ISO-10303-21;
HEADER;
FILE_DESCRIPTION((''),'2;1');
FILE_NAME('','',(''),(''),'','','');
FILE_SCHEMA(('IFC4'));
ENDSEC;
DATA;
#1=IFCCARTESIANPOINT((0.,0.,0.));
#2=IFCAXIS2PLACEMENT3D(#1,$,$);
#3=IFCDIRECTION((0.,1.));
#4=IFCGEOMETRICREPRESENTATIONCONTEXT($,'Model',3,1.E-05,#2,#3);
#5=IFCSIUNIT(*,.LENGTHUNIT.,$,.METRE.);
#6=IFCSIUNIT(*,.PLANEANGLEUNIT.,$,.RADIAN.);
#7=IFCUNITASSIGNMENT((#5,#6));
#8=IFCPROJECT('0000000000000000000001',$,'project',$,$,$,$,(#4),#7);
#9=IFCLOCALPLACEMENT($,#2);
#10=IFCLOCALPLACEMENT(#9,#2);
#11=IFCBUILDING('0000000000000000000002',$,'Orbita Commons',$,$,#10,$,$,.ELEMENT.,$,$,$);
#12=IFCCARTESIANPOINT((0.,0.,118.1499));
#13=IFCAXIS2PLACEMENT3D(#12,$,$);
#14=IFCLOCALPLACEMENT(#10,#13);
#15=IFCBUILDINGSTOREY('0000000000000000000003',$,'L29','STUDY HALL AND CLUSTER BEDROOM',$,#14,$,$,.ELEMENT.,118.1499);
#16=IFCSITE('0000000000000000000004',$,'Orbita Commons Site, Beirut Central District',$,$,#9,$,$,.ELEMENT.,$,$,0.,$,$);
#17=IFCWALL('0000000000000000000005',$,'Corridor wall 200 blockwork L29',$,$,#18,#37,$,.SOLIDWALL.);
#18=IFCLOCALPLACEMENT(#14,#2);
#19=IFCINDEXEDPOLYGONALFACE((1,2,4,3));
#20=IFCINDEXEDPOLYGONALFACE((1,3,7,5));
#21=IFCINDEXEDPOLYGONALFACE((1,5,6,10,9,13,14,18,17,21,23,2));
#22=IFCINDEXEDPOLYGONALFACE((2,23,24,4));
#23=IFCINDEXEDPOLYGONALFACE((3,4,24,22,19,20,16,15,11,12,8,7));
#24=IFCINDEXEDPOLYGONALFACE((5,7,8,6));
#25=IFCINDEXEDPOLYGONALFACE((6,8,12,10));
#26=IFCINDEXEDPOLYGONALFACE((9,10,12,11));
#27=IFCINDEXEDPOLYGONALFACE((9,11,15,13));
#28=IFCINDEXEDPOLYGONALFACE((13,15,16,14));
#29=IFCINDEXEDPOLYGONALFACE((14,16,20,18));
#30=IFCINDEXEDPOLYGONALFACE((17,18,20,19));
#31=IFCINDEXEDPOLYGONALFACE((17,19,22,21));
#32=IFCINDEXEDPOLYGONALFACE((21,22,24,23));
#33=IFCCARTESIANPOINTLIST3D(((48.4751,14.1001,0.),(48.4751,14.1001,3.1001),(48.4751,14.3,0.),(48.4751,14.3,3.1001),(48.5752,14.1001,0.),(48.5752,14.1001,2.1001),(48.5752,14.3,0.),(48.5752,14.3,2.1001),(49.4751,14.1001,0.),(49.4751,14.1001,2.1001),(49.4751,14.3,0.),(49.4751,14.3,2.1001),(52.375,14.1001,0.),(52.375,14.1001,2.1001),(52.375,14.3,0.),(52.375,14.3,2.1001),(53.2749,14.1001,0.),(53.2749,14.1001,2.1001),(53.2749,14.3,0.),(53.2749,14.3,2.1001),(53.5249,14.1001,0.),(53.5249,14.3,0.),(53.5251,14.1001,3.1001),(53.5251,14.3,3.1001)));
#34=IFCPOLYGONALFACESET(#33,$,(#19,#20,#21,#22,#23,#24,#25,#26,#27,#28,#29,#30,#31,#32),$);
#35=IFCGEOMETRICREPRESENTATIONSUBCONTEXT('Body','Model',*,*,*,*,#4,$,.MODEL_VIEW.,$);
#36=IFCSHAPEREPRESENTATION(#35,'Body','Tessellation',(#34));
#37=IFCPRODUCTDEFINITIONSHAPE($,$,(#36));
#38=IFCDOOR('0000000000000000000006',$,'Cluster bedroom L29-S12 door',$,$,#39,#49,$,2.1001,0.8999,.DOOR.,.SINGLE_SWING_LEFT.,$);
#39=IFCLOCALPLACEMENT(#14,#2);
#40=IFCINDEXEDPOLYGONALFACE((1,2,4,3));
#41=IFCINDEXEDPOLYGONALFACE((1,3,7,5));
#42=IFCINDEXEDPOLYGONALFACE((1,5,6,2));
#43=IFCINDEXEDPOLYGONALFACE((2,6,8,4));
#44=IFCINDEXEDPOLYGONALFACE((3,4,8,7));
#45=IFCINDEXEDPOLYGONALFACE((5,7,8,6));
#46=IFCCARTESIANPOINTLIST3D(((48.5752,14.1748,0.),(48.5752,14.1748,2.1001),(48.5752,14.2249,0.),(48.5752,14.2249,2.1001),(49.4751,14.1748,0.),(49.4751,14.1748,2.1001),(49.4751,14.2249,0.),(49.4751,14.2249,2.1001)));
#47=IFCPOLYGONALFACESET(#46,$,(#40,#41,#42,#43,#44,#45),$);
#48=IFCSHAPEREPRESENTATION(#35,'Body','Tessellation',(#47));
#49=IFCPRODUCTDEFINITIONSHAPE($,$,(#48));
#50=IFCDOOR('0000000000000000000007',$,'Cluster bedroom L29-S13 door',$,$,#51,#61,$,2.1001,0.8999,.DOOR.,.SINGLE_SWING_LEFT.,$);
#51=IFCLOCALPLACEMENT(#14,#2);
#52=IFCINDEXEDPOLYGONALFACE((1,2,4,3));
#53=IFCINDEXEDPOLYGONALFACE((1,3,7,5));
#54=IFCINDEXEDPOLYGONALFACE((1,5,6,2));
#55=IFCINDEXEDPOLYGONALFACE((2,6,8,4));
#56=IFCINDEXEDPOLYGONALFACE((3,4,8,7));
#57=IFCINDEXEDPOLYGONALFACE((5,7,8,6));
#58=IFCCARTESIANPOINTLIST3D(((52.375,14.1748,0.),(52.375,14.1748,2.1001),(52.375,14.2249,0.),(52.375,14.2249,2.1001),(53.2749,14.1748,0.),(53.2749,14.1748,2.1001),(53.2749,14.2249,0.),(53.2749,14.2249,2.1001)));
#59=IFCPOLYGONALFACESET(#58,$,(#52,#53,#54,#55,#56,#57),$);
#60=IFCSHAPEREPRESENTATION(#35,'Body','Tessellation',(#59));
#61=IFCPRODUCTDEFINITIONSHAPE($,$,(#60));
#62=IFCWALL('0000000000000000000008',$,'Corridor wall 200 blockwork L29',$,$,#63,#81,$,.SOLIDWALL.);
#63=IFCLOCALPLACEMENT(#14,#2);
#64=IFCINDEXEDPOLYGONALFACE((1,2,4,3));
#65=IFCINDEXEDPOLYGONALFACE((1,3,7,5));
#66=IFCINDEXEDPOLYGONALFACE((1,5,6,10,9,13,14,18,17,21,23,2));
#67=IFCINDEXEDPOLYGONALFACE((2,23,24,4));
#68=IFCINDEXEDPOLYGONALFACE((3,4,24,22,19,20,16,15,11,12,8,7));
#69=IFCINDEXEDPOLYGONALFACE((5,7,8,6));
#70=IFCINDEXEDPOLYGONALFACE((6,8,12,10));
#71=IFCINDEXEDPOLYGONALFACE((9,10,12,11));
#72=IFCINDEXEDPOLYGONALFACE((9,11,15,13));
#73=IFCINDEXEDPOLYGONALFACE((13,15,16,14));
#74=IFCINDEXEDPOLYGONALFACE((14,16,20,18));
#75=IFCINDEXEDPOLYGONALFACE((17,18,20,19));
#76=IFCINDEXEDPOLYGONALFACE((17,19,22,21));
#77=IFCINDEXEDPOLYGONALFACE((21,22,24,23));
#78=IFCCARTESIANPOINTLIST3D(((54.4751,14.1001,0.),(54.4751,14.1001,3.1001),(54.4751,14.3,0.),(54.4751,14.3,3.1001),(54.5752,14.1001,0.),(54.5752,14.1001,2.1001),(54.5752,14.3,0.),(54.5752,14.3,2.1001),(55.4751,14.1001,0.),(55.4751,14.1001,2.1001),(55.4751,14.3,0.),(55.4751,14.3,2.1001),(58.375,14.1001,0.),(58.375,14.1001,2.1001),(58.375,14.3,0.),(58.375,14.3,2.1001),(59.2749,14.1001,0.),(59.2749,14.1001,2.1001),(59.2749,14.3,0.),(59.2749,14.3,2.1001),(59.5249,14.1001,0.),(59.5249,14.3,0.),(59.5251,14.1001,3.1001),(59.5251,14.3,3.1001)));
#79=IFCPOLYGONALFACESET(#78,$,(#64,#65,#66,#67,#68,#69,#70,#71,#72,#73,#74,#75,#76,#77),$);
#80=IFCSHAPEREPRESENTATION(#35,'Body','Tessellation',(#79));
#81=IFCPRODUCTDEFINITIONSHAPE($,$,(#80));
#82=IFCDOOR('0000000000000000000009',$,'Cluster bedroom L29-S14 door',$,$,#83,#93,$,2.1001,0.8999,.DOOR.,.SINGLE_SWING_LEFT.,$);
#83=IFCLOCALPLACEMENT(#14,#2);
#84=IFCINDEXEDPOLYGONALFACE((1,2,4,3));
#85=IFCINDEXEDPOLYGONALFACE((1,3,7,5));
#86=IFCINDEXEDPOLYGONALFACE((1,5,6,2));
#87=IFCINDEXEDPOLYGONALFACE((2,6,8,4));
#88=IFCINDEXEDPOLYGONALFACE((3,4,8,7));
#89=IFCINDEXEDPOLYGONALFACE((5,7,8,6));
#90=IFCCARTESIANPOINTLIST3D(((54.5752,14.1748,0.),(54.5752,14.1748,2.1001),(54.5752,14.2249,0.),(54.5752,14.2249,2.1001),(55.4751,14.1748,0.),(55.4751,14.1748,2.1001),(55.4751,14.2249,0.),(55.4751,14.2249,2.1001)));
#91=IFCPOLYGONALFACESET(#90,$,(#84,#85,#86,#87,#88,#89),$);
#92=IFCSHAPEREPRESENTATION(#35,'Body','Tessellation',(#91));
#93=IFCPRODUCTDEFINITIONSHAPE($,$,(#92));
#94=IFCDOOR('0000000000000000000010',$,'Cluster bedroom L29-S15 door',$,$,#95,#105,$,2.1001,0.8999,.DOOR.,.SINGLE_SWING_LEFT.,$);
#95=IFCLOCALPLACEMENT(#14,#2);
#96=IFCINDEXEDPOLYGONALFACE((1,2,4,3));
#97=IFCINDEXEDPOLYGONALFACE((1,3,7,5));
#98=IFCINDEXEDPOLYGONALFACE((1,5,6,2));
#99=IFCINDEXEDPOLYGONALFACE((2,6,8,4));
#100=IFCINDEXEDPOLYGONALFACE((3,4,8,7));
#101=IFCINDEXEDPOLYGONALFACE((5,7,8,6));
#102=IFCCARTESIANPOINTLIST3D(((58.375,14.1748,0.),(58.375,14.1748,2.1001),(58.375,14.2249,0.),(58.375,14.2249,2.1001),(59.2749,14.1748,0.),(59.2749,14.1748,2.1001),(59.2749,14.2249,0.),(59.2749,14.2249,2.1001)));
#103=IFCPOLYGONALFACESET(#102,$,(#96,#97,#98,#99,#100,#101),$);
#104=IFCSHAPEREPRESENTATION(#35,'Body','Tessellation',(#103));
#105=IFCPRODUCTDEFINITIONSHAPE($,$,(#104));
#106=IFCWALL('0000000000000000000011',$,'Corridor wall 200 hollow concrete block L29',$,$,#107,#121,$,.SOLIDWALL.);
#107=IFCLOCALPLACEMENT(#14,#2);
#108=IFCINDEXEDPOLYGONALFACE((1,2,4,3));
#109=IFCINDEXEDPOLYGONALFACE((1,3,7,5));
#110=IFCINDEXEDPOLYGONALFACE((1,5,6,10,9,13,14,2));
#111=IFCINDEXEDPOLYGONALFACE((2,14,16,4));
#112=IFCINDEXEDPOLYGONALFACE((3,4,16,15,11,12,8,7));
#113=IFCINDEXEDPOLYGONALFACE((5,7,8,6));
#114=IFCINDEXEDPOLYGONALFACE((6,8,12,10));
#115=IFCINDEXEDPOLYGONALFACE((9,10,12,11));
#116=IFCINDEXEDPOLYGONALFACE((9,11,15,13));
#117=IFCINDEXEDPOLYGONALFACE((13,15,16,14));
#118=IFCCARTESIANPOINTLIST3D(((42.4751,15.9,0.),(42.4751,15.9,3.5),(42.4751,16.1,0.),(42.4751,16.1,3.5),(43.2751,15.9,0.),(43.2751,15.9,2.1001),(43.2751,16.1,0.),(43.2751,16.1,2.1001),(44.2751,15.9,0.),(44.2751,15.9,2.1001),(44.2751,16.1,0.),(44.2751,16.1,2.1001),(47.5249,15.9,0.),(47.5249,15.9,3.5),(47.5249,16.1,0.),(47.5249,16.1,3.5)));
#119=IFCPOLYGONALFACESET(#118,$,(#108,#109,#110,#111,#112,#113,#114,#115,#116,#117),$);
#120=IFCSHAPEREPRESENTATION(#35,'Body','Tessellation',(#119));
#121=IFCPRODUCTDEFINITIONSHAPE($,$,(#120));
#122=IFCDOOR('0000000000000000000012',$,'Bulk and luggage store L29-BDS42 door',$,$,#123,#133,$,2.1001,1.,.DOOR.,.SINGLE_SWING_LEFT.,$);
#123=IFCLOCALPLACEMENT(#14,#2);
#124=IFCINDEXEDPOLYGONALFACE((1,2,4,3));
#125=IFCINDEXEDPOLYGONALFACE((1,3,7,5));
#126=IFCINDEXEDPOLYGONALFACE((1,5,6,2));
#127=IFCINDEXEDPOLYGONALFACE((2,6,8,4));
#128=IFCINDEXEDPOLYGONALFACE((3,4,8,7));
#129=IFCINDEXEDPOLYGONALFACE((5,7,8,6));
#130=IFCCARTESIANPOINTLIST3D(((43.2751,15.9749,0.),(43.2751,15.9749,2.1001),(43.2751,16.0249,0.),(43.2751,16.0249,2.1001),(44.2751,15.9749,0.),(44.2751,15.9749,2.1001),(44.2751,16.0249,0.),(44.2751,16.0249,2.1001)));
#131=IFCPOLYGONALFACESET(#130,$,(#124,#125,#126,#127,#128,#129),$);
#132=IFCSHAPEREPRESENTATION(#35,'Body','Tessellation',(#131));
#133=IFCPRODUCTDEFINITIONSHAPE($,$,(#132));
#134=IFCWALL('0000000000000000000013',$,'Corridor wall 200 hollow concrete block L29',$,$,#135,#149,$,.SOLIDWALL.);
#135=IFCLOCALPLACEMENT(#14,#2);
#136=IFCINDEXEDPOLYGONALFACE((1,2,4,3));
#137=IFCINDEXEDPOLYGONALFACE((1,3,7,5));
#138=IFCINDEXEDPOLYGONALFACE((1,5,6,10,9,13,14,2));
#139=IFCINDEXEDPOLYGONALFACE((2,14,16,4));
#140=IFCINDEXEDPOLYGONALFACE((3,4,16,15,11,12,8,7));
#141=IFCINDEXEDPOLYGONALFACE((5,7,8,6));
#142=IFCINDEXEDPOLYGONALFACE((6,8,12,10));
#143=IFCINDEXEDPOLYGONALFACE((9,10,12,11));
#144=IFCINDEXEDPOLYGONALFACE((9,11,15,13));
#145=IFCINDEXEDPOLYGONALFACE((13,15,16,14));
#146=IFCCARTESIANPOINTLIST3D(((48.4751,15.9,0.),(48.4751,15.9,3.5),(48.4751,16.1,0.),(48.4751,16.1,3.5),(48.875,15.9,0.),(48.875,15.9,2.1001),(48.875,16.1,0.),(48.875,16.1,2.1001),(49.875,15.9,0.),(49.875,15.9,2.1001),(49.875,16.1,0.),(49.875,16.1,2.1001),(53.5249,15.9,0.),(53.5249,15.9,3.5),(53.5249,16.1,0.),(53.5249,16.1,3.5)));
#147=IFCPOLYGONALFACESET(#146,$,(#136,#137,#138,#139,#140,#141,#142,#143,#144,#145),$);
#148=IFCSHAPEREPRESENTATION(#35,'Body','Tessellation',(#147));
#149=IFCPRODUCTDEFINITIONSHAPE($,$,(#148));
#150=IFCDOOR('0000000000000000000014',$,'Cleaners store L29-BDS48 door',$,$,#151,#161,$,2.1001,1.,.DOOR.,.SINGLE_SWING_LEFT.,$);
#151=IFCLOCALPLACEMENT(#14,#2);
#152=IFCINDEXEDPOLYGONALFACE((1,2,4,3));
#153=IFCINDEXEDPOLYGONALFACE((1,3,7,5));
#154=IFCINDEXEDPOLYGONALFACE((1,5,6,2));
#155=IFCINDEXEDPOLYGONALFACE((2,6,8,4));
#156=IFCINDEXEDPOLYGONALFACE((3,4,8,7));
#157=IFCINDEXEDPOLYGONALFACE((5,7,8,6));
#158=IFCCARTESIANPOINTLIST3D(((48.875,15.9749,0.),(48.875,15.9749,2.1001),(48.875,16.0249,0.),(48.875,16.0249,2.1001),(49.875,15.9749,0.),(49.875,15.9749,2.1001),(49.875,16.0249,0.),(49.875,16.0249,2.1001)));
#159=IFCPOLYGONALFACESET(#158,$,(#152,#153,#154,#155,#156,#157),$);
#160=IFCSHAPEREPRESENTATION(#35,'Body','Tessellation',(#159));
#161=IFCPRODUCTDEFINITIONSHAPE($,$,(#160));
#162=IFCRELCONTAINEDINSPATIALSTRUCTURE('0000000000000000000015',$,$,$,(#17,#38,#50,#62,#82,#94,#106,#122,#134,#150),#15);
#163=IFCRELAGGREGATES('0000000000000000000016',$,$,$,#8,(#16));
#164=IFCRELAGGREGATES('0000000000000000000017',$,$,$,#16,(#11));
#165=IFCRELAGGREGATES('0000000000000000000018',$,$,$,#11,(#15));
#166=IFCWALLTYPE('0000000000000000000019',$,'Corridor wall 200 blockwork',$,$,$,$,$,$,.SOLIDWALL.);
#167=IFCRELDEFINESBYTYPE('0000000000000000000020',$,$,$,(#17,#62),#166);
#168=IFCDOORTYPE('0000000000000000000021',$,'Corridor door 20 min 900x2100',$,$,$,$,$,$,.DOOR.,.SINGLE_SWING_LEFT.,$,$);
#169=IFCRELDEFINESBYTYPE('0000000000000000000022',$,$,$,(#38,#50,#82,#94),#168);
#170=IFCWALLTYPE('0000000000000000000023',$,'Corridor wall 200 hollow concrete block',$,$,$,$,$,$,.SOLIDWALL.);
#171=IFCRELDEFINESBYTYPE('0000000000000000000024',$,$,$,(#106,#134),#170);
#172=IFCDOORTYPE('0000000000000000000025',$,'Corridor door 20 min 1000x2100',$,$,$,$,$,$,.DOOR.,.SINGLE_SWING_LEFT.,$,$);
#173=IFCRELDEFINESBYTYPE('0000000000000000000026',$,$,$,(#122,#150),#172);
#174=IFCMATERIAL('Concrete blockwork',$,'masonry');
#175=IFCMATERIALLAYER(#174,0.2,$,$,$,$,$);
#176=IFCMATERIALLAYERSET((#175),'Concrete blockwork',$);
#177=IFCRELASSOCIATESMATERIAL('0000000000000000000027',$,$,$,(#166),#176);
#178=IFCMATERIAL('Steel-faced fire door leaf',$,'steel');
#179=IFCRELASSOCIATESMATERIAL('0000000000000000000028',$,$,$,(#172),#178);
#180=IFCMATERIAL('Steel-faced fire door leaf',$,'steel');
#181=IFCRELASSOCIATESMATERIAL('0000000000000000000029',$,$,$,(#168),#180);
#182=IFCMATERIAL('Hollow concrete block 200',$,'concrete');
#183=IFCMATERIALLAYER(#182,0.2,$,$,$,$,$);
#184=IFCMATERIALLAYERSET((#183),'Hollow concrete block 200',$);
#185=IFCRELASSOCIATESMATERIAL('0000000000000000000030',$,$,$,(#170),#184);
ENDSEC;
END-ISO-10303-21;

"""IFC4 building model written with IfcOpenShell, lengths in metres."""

from ifc_helpers import new_model, si_unit, direction, frame, frame_2d, origin, place, context, subcontext, project, spatial, polyline, rectangle, outline, extrude, material, layer, layer_set, type_object, element, fill, save


model = new_model("IFC4")

# Units and contexts
model_context = context("Model", 3, precision=1e-05, world=origin(), true_north=direction((0.0, 1.0)))
body_context = subcontext(model_context, "Body", "Model", "MODEL_VIEW")
ifc_project = project(units=[si_unit("LENGTHUNIT", "METRE"), si_unit("PLANEANGLEUNIT", "RADIAN")], contexts=[model_context])

# Site, building, storey
site_placement = place(None, origin())
site = spatial("IfcSite", under=ifc_project, at=site_placement, Name="Orbita Commons Site, Beirut Central District", CompositionType="ELEMENT", RefElevation=0.0)
building_placement = place(site_placement, origin())
building = spatial("IfcBuilding", under=site, at=building_placement, Name="Orbita Commons", CompositionType="ELEMENT")
storey_placement = place(building_placement, frame((0.0, 0.0, 118.1499)))
storey = spatial("IfcBuildingStorey", under=building, at=storey_placement, Name="L29", Description="STUDY HALL AND CLUSTER BEDROOM", CompositionType="ELEMENT", Elevation=118.1499)

# Shared definitions
ifc_material_1 = material(Name="Concrete blockwork", Category="masonry")
ifc_layer_1 = layer(ifc_material_1, 0.2)
ifc_layer_set_1 = layer_set([ifc_layer_1], Name="Concrete blockwork")
wall_type_1 = type_object("IfcWallType", Name="Corridor wall 200 blockwork", PredefinedType="SOLIDWALL", material=ifc_layer_set_1)
ifc_material_2 = material(Name="Steel-faced fire door leaf", Category="steel")
door_type_1 = type_object("IfcDoorType", Name="Corridor door 20 min 1000x2100", OperationType="SINGLE_SWING_LEFT", PredefinedType="DOOR", material=ifc_material_2)

# Walls, openings, doors
wall_1_placement = place(storey_placement, frame((48.4751, 14.2, 0.0), z_axis=(0.0, 0.0, 1.0), x_axis=(1.0, 0.0, 0.0)))
wall_1 = element("IfcWall", 1, at=wall_1_placement, inside=storey, type_object=wall_type_1, Name="Corridor wall 200 blockwork L29", PredefinedType="SOLIDWALL", context=body_context, shape_type="SweptSolid", body=[
    extrude(outline(polyline([(0.0, 0.0), (5.0498, 0.0), (5.05, 3.1001), (0.0, 3.1001), (0.0, 0.0)])), frame((0.0, 0.1001, 0.0), z_axis=(0.0, -1.0, 0.0), x_axis=(1.0, 0.0, 0.0)), (0.0, 0.0, 1.0), 0.2),
])
opening_1_placement = place(wall_1_placement, frame((0.1001, 0.0, 0.0)))
opening_1 = element("IfcOpeningElement", 2, at=opening_1_placement, cuts=wall_1, PredefinedType="OPENING", context=body_context, shape_type="SweptSolid", body=[
    extrude(rectangle(XDim=0.8999, YDim=2.1001, at=frame_2d((0.45, 1.05))), frame((0.0, 0.1099, 0.0), z_axis=(0.0, -1.0, 0.0), x_axis=(1.0, 0.0, 0.0)), (0.0, 0.0, 1.0), 0.22),
])
opening_2_placement = place(wall_1_placement, frame((3.8999, 0.0, 0.0)))
opening_2 = element("IfcOpeningElement", 3, at=opening_2_placement, cuts=wall_1, PredefinedType="OPENING", context=body_context, shape_type="SweptSolid", body=[
    extrude(rectangle(XDim=0.8999, YDim=2.1001, at=frame_2d((0.45, 1.05))), frame((0.0, 0.1099, 0.0), z_axis=(0.0, -1.0, 0.0), x_axis=(1.0, 0.0, 0.0)), (0.0, 0.0, 1.0), 0.22),
])
ifc_material_3 = material(Name="Steel-faced fire door leaf", Category="steel")
door_type_2 = type_object("IfcDoorType", Name="Corridor door 20 min 900x2100", OperationType="SINGLE_SWING_LEFT", PredefinedType="DOOR", material=ifc_material_3)
door_1_placement = place(opening_1_placement, origin())
door_1 = element("IfcDoor", 4, at=door_1_placement, inside=storey, type_object=door_type_2, Name="Cluster bedroom L29-S12 door", OperationType="SINGLE_SWING_LEFT", OverallHeight=2.1001, OverallWidth=0.8999, PredefinedType="DOOR", context=body_context, shape_type="SweptSolid", body=[
    extrude(rectangle(XDim=0.8999, YDim=2.1001, at=frame_2d((0.45, 1.05))), frame((0.0, 0.0249, 0.0), z_axis=(0.0, -1.0, 0.0), x_axis=(1.0, 0.0, 0.0)), (0.0, 0.0, 1.0), 0.05),
])
fill(opening_1, door_1)
door_2_placement = place(opening_2_placement, origin())
door_2 = element("IfcDoor", 5, at=door_2_placement, inside=storey, type_object=door_type_2, Name="Cluster bedroom L29-S13 door", OperationType="SINGLE_SWING_LEFT", OverallHeight=2.1001, OverallWidth=0.8999, PredefinedType="DOOR", context=body_context, shape_type="SweptSolid", body=[
    extrude(rectangle(XDim=0.8999, YDim=2.1001, at=frame_2d((0.45, 1.05))), frame((0.0, 0.0249, 0.0), z_axis=(0.0, -1.0, 0.0), x_axis=(1.0, 0.0, 0.0)), (0.0, 0.0, 1.0), 0.05),
])
fill(opening_2, door_2)
wall_2_placement = place(storey_placement, frame((54.4751, 14.2, 0.0), z_axis=(0.0, 0.0, 1.0), x_axis=(1.0, 0.0, 0.0)))
wall_2 = element("IfcWall", 6, at=wall_2_placement, inside=storey, type_object=wall_type_1, Name="Corridor wall 200 blockwork L29", PredefinedType="SOLIDWALL", context=body_context, shape_type="SweptSolid", body=[
    extrude(outline(polyline([(0.0, 0.0), (5.0498, 0.0), (5.05, 3.1001), (0.0, 3.1001), (0.0, 0.0)])), frame((0.0, 0.1001, 0.0), z_axis=(0.0, -1.0, 0.0), x_axis=(1.0, 0.0, 0.0)), (0.0, 0.0, 1.0), 0.2),
])
opening_3_placement = place(wall_2_placement, frame((0.1001, 0.0, 0.0)))
opening_3 = element("IfcOpeningElement", 7, at=opening_3_placement, cuts=wall_2, PredefinedType="OPENING", context=body_context, shape_type="SweptSolid", body=[
    extrude(rectangle(XDim=0.8999, YDim=2.1001, at=frame_2d((0.45, 1.05))), frame((0.0, 0.1099, 0.0), z_axis=(0.0, -1.0, 0.0), x_axis=(1.0, 0.0, 0.0)), (0.0, 0.0, 1.0), 0.22),
])
opening_4_placement = place(wall_2_placement, frame((3.8999, 0.0, 0.0)))
opening_4 = element("IfcOpeningElement", 8, at=opening_4_placement, cuts=wall_2, PredefinedType="OPENING", context=body_context, shape_type="SweptSolid", body=[
    extrude(rectangle(XDim=0.8999, YDim=2.1001, at=frame_2d((0.45, 1.05))), frame((0.0, 0.1099, 0.0), z_axis=(0.0, -1.0, 0.0), x_axis=(1.0, 0.0, 0.0)), (0.0, 0.0, 1.0), 0.22),
])
door_3_placement = place(opening_3_placement, origin())
door_3 = element("IfcDoor", 9, at=door_3_placement, inside=storey, type_object=door_type_2, Name="Cluster bedroom L29-S14 door", OperationType="SINGLE_SWING_LEFT", OverallHeight=2.1001, OverallWidth=0.8999, PredefinedType="DOOR", context=body_context, shape_type="SweptSolid", body=[
    extrude(rectangle(XDim=0.8999, YDim=2.1001, at=frame_2d((0.45, 1.05))), frame((0.0, 0.0249, 0.0), z_axis=(0.0, -1.0, 0.0), x_axis=(1.0, 0.0, 0.0)), (0.0, 0.0, 1.0), 0.05),
])
fill(opening_3, door_3)
door_4_placement = place(opening_4_placement, origin())
door_4 = element("IfcDoor", 10, at=door_4_placement, inside=storey, type_object=door_type_2, Name="Cluster bedroom L29-S15 door", OperationType="SINGLE_SWING_LEFT", OverallHeight=2.1001, OverallWidth=0.8999, PredefinedType="DOOR", context=body_context, shape_type="SweptSolid", body=[
    extrude(rectangle(XDim=0.8999, YDim=2.1001, at=frame_2d((0.45, 1.05))), frame((0.0, 0.0249, 0.0), z_axis=(0.0, -1.0, 0.0), x_axis=(1.0, 0.0, 0.0)), (0.0, 0.0, 1.0), 0.05),
])
fill(opening_4, door_4)

# Walls, openings, doors
ifc_material_4 = material(Name="Hollow concrete block 200", Category="concrete")
ifc_layer_2 = layer(ifc_material_4, 0.2)
ifc_layer_set_2 = layer_set([ifc_layer_2], Name="Hollow concrete block 200")
wall_type_2 = type_object("IfcWallType", Name="Corridor wall 200 hollow concrete block", PredefinedType="SOLIDWALL", material=ifc_layer_set_2)
wall_3_placement = place(storey_placement, frame((42.4751, 16.0, 0.0), z_axis=(0.0, 0.0, 1.0), x_axis=(1.0, 0.0, 0.0)))
wall_3 = element("IfcWall", 11, at=wall_3_placement, inside=storey, type_object=wall_type_2, Name="Corridor wall 200 hollow concrete block L29", PredefinedType="SOLIDWALL", context=body_context, shape_type="SweptSolid", body=[
    extrude(rectangle(XDim=5.0498, YDim=0.2, at=frame_2d((2.5249, 0.0))), origin(), (0.0, 0.0, 1.0), 3.5),
])
opening_5_placement = place(wall_3_placement, frame((0.8, 0.0, 0.0)))
opening_5 = element("IfcOpeningElement", 12, at=opening_5_placement, cuts=wall_3, PredefinedType="OPENING", context=body_context, shape_type="SweptSolid", body=[
    extrude(rectangle(XDim=1.0, YDim=2.1001, at=frame_2d((0.5, 1.05))), frame((0.0, 0.1099, 0.0), z_axis=(0.0, -1.0, 0.0), x_axis=(1.0, 0.0, 0.0)), (0.0, 0.0, 1.0), 0.22),
])
door_5_placement = place(opening_5_placement, origin())
door_5 = element("IfcDoor", 13, at=door_5_placement, inside=storey, type_object=door_type_1, Name="Bulk and luggage store L29-BDS42 door", OperationType="SINGLE_SWING_LEFT", OverallHeight=2.1001, OverallWidth=1.0, PredefinedType="DOOR", context=body_context, shape_type="SweptSolid", body=[
    extrude(rectangle(XDim=1.0, YDim=2.1001, at=frame_2d((0.5, 1.05))), frame((0.0, 0.0249, 0.0), z_axis=(0.0, -1.0, 0.0), x_axis=(1.0, 0.0, 0.0)), (0.0, 0.0, 1.0), 0.05),
])
fill(opening_5, door_5)
wall_4_placement = place(storey_placement, frame((48.4751, 16.0, 0.0), z_axis=(0.0, 0.0, 1.0), x_axis=(1.0, 0.0, 0.0)))
wall_4 = element("IfcWall", 14, at=wall_4_placement, inside=storey, type_object=wall_type_2, Name="Corridor wall 200 hollow concrete block L29", PredefinedType="SOLIDWALL", context=body_context, shape_type="SweptSolid", body=[
    extrude(rectangle(XDim=5.0498, YDim=0.2, at=frame_2d((2.5249, 0.0))), origin(), (0.0, 0.0, 1.0), 3.5),
])
opening_6_placement = place(wall_4_placement, frame((0.3999, 0.0, 0.0)))
opening_6 = element("IfcOpeningElement", 15, at=opening_6_placement, cuts=wall_4, PredefinedType="OPENING", context=body_context, shape_type="SweptSolid", body=[
    extrude(rectangle(XDim=1.0, YDim=2.1001, at=frame_2d((0.5, 1.05))), frame((0.0, 0.1099, 0.0), z_axis=(0.0, -1.0, 0.0), x_axis=(1.0, 0.0, 0.0)), (0.0, 0.0, 1.0), 0.22),
])
door_6_placement = place(opening_6_placement, origin())
door_6 = element("IfcDoor", 16, at=door_6_placement, inside=storey, type_object=door_type_1, Name="Cleaners store L29-BDS48 door", OperationType="SINGLE_SWING_LEFT", OverallHeight=2.1001, OverallWidth=1.0, PredefinedType="DOOR", context=body_context, shape_type="SweptSolid", body=[
    extrude(rectangle(XDim=1.0, YDim=2.1001, at=frame_2d((0.5, 1.05))), frame((0.0, 0.0249, 0.0), z_axis=(0.0, -1.0, 0.0), x_axis=(1.0, 0.0, 0.0)), (0.0, 0.0, 1.0), 0.05),
])
fill(opening_6, door_6)

save(model, "model.ifc")
